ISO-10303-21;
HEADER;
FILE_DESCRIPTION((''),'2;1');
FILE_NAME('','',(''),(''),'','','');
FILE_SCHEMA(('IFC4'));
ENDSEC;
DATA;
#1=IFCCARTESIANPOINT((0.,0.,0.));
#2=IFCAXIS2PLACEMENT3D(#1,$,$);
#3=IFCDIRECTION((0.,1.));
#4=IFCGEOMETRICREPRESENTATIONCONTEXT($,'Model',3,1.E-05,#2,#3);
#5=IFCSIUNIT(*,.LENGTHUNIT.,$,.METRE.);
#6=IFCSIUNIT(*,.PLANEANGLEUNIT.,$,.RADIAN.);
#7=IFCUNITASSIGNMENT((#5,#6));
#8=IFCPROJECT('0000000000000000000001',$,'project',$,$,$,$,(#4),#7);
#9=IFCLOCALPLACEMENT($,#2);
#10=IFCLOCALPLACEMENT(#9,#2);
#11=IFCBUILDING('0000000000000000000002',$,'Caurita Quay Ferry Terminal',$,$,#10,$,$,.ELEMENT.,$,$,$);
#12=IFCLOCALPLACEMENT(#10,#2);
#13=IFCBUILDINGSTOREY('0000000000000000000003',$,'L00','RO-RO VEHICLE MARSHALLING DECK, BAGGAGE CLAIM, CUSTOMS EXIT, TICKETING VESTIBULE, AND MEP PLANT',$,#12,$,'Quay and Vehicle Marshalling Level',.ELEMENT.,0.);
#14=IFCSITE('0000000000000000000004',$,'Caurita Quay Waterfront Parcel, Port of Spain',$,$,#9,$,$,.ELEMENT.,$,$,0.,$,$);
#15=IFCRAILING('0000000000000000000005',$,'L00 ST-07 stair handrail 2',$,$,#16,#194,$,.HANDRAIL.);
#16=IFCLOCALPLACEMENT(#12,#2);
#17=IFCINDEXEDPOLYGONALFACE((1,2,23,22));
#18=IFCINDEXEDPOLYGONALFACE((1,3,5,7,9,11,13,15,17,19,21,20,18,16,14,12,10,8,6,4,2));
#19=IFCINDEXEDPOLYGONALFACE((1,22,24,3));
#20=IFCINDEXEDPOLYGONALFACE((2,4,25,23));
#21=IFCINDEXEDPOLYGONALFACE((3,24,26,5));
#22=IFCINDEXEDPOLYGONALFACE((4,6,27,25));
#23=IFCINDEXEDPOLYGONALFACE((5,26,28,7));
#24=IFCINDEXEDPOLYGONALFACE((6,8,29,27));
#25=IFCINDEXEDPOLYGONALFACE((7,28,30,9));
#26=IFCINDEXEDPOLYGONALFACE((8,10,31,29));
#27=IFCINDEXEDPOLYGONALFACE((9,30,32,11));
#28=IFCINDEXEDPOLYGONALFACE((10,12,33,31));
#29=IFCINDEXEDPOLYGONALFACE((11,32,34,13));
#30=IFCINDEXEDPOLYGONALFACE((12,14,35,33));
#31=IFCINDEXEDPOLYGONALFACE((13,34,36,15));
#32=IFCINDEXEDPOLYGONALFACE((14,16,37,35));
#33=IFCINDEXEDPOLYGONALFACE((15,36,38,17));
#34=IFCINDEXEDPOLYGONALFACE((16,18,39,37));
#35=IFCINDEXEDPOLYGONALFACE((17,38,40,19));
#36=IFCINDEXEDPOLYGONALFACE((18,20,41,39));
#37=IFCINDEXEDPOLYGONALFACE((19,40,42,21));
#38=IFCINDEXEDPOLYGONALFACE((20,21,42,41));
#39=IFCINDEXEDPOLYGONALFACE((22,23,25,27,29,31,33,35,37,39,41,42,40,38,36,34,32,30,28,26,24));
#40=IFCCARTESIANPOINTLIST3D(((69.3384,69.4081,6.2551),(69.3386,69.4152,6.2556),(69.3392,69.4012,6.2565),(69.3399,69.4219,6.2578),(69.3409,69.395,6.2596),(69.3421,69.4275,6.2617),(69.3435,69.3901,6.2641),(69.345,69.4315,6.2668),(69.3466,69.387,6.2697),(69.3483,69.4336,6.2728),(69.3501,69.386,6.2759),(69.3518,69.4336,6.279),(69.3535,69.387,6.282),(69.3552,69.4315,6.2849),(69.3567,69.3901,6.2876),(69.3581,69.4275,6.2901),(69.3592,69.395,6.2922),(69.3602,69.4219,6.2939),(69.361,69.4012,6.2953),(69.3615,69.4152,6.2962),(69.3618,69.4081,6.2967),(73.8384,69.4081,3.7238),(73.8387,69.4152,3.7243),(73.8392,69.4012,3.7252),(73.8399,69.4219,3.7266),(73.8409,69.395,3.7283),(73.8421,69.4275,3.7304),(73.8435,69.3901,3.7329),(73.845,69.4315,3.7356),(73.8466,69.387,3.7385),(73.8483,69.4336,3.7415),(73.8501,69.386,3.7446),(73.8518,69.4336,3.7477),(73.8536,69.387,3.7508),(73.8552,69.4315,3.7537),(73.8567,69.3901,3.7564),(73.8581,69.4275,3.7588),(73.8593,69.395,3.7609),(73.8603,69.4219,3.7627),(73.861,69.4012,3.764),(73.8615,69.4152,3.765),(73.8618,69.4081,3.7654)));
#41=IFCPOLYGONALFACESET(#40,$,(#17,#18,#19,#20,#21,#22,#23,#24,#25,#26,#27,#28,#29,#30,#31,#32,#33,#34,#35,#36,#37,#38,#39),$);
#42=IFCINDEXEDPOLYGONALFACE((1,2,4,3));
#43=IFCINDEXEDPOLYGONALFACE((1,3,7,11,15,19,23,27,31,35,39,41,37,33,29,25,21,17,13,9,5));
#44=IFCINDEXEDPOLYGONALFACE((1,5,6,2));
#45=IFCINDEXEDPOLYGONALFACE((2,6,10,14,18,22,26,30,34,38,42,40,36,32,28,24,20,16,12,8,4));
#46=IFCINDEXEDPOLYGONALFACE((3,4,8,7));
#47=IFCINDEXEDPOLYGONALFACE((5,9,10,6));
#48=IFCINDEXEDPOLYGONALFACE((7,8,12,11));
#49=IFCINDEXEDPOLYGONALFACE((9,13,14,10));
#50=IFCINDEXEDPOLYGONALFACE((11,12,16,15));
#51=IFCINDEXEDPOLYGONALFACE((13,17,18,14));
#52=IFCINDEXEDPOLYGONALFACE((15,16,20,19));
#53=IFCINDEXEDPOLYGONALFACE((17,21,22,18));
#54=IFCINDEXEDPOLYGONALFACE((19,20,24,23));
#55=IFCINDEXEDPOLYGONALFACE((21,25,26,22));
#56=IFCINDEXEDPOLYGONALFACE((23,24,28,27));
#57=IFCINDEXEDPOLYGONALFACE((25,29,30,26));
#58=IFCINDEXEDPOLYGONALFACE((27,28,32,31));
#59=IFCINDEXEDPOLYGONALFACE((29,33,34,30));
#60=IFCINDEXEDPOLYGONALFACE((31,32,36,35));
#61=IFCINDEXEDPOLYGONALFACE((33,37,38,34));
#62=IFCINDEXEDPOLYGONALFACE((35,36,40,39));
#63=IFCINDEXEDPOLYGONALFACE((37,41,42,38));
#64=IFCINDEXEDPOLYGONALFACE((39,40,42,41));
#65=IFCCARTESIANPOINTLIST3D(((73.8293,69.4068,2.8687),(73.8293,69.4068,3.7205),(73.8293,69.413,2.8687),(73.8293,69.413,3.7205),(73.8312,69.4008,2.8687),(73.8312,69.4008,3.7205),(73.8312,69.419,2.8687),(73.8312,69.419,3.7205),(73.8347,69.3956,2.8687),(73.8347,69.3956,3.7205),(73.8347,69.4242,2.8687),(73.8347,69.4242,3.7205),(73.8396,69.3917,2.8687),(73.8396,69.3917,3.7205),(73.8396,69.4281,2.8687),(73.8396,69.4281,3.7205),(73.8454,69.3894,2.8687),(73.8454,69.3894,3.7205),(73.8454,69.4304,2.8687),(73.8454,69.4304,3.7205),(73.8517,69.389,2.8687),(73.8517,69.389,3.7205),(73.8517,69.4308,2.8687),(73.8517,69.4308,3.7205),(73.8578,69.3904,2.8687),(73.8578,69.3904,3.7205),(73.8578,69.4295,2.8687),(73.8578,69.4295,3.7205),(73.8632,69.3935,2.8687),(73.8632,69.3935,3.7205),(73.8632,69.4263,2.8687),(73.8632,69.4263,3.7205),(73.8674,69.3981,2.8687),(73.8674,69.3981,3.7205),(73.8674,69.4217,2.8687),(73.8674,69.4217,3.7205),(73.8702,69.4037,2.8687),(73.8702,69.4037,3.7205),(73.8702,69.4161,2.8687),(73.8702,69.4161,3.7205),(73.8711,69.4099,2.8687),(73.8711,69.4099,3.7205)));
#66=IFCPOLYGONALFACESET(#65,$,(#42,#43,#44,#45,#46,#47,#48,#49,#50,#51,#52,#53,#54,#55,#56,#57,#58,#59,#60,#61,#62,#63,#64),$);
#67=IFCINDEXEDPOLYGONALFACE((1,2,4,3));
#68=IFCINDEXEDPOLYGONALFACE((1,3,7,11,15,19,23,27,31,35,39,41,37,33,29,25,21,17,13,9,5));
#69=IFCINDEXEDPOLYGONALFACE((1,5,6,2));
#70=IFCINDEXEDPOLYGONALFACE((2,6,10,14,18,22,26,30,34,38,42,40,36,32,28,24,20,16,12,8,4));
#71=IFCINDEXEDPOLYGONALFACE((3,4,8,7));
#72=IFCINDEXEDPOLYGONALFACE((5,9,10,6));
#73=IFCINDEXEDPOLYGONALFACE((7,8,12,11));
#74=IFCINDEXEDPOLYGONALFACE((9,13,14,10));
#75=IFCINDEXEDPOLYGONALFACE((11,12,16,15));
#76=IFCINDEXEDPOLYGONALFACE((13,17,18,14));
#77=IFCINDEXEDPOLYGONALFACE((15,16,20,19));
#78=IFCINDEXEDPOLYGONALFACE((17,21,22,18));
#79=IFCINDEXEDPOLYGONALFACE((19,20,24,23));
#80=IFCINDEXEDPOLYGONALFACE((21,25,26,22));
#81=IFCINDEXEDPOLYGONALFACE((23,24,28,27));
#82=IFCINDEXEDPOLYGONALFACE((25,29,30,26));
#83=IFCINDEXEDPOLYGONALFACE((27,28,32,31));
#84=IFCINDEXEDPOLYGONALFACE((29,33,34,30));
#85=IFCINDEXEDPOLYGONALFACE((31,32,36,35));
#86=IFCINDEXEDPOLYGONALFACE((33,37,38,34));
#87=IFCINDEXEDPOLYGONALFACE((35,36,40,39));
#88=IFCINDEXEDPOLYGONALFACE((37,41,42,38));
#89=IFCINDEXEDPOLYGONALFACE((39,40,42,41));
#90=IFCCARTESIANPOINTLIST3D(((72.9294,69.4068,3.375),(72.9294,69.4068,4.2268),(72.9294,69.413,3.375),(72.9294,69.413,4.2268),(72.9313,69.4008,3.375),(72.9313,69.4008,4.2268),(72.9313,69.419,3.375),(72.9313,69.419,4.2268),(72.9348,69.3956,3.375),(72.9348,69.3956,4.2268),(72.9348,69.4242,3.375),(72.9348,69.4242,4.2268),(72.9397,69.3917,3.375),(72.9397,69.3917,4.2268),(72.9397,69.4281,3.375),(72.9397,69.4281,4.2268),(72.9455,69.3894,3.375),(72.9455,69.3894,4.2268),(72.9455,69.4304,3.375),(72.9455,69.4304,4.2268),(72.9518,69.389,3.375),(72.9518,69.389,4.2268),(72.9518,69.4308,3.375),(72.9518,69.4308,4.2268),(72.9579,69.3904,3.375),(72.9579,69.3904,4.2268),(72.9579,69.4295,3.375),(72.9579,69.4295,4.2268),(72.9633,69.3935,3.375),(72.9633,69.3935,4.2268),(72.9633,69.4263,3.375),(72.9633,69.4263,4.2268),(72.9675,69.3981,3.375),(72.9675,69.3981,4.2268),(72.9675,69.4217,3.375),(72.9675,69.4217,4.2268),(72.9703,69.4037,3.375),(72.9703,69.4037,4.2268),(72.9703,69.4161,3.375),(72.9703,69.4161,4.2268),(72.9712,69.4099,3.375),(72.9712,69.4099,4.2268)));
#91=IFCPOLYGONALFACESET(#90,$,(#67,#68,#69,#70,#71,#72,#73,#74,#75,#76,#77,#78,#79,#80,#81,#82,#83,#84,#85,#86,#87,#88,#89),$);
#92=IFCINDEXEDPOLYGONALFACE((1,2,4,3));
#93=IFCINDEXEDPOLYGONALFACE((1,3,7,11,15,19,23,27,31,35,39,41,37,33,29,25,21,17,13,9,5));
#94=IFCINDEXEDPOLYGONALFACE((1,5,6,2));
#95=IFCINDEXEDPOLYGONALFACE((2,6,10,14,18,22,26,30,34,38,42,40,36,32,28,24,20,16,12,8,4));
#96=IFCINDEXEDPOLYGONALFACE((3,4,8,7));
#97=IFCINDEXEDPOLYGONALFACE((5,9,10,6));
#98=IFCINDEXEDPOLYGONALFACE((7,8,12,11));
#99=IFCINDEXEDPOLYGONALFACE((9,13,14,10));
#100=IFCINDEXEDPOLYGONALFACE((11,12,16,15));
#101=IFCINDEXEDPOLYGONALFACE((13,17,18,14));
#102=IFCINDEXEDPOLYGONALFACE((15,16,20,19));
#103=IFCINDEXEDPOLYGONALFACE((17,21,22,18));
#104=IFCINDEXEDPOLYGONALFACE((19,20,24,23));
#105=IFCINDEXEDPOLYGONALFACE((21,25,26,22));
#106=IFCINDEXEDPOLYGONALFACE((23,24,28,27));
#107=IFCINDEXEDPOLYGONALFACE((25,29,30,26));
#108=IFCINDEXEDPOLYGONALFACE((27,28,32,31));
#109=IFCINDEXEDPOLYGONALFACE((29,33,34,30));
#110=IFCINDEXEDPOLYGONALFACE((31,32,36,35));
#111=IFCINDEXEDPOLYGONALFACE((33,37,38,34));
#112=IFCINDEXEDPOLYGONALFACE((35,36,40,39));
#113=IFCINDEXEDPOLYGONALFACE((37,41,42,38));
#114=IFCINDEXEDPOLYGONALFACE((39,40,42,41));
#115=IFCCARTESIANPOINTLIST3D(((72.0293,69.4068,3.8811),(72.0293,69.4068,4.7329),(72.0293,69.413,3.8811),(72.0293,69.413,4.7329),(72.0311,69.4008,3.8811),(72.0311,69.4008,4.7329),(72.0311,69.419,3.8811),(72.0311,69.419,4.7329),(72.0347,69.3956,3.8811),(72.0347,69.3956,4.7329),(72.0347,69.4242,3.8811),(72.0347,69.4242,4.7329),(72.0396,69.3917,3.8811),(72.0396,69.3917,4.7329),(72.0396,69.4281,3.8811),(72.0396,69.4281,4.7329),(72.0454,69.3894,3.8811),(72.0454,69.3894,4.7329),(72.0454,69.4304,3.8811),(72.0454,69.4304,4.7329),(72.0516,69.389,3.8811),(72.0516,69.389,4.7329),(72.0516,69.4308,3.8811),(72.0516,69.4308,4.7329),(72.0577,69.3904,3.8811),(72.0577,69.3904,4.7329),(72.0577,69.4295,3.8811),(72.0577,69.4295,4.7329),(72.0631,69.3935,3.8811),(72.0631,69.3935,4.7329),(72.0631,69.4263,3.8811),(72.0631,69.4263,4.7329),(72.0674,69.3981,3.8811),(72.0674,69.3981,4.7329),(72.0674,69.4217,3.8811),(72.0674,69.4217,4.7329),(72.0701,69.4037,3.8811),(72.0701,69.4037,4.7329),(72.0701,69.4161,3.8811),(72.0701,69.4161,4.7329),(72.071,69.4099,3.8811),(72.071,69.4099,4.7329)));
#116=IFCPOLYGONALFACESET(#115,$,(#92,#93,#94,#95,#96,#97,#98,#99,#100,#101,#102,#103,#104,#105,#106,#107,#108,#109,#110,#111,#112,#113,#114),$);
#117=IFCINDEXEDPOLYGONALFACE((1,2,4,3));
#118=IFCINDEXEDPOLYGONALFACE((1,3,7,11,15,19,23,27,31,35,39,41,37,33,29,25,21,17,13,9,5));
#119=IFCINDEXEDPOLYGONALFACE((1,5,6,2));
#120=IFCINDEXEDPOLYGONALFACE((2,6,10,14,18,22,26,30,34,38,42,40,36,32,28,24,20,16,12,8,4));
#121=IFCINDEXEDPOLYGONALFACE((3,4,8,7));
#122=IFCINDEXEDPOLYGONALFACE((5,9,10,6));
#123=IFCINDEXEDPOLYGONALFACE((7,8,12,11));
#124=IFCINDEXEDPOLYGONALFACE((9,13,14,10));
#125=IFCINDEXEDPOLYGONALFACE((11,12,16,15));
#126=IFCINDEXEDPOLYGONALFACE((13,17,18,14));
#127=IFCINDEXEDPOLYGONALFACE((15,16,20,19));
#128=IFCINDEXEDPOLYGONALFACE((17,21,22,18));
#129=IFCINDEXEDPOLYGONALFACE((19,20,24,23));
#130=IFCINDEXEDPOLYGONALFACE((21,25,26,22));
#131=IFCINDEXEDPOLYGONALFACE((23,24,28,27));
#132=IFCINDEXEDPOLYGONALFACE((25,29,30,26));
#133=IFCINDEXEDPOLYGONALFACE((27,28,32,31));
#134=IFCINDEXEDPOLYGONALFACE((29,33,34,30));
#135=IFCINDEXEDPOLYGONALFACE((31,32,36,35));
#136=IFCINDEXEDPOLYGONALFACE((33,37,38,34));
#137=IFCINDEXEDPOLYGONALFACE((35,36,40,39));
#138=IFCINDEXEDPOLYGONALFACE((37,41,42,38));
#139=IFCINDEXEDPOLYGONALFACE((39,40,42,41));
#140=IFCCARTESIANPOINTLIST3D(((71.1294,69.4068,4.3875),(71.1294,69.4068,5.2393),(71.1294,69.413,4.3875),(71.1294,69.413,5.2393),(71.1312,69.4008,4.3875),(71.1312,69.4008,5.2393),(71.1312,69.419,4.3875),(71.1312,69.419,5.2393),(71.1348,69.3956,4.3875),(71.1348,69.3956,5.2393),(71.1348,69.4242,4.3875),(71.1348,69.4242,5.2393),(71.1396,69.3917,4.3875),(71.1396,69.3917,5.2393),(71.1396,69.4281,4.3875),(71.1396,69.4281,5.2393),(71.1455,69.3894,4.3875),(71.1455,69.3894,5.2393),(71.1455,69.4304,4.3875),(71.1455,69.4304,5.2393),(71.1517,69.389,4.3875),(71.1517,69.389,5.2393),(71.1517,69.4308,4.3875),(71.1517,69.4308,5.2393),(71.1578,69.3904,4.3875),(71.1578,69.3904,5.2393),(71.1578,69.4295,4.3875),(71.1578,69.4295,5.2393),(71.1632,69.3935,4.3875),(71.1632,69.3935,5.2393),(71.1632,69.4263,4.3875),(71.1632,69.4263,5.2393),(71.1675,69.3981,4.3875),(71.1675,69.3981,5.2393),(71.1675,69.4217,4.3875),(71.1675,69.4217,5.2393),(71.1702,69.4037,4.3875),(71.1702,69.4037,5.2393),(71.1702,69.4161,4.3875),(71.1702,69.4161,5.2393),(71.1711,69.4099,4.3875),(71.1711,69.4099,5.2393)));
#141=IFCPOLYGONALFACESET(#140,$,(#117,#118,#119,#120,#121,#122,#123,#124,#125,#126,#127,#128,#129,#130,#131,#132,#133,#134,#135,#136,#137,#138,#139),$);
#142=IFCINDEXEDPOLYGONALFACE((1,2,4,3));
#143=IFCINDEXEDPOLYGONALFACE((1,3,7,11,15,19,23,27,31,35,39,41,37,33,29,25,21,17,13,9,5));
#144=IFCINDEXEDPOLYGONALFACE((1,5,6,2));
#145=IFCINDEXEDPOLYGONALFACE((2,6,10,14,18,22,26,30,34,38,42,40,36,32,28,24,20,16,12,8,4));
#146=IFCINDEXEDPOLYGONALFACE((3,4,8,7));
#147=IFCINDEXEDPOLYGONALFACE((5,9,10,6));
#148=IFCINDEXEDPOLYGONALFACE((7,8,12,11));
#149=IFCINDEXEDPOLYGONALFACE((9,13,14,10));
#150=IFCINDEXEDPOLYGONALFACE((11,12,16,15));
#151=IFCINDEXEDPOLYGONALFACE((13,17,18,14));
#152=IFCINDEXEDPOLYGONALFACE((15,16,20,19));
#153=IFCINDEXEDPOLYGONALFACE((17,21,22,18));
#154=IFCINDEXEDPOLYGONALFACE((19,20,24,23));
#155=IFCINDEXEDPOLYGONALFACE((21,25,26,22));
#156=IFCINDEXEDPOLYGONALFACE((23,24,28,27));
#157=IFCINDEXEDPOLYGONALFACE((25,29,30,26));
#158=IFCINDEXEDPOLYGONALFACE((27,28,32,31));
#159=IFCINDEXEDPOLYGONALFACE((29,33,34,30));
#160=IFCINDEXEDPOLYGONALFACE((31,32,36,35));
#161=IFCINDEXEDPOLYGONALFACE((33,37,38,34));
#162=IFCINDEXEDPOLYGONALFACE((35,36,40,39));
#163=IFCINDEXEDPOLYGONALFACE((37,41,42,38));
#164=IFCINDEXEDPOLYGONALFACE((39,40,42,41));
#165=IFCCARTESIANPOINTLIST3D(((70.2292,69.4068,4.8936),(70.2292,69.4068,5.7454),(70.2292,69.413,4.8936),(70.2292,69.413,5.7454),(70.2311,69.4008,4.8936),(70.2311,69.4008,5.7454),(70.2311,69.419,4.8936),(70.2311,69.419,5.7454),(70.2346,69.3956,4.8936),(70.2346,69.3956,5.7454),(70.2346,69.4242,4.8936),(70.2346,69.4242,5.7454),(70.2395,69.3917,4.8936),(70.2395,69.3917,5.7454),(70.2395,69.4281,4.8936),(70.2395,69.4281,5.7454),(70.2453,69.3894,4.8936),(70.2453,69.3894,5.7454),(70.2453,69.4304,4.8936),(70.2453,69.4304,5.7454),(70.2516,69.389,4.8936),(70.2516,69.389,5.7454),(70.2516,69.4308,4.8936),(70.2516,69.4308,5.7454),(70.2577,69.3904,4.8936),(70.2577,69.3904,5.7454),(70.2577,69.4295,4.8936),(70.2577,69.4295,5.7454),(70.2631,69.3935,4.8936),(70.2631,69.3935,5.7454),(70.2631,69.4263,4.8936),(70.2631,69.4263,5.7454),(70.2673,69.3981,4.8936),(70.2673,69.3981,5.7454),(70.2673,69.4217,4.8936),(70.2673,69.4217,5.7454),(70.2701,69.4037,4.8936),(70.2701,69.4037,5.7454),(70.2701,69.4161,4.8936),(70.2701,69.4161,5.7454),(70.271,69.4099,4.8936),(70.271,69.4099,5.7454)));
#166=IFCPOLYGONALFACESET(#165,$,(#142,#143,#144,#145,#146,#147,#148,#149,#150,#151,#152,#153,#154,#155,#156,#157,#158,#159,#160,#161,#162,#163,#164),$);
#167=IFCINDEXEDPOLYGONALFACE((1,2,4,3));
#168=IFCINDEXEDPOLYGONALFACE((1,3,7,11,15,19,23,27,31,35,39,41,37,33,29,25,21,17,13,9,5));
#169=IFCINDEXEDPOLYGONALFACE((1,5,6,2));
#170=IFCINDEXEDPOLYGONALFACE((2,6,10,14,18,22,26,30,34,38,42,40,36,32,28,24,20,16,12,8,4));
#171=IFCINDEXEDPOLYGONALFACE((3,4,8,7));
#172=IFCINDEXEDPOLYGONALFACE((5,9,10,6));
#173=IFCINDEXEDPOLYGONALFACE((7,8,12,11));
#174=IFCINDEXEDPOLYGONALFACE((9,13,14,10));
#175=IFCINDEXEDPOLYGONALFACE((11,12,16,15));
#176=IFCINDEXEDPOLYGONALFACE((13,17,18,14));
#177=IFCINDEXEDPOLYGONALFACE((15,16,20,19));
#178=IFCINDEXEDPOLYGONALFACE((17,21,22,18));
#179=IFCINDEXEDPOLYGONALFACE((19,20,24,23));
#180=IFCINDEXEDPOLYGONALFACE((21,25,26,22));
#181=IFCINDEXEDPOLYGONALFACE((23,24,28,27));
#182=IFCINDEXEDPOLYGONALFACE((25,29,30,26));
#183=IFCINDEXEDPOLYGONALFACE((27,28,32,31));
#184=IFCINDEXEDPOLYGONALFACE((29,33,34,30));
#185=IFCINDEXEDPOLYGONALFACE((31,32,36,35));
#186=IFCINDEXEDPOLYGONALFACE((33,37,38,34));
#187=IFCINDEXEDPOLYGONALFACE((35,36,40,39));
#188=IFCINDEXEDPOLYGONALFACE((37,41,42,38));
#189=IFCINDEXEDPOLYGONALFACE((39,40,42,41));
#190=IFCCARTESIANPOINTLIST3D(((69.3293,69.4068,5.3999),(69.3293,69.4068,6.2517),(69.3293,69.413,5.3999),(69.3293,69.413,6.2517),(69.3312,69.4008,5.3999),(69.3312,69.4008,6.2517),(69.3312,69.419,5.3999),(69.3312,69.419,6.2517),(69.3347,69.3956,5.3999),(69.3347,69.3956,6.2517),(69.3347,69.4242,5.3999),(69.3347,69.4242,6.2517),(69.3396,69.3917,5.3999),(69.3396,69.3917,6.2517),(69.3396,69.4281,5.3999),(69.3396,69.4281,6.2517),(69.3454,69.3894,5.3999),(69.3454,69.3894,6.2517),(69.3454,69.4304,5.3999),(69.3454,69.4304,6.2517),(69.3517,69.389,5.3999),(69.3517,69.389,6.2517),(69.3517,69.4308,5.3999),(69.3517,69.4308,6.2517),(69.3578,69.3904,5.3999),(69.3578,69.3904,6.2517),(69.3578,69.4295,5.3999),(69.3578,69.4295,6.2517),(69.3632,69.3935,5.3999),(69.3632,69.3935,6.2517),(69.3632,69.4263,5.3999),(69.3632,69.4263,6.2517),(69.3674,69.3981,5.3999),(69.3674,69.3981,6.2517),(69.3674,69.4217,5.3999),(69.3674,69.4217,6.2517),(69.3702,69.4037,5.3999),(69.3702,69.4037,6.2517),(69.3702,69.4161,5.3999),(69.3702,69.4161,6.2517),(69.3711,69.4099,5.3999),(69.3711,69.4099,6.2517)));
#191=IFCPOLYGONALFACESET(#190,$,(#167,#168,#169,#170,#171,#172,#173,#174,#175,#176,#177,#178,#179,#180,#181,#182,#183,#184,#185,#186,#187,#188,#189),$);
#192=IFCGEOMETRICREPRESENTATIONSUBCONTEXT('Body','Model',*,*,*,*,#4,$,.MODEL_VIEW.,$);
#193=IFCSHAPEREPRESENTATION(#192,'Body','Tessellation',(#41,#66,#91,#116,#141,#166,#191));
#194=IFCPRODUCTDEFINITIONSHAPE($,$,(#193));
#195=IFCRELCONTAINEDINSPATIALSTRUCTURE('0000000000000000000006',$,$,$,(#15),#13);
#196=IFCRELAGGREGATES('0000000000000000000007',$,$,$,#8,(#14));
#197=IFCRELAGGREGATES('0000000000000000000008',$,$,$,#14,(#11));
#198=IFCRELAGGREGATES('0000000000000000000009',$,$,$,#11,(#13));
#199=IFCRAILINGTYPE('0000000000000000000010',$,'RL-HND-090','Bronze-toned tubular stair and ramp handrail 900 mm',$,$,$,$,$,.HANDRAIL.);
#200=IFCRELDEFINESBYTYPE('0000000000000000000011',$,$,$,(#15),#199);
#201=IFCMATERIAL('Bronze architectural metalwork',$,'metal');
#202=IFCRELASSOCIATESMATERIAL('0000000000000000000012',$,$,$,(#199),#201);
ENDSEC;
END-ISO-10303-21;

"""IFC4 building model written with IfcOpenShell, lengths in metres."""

from ifc_helpers import new_model, si_unit, direction, frame, origin, origin_2d, place, context, subcontext, project, spatial, circle, extrude, material, type_object, element, save


model = new_model("IFC4")

# Units and contexts
model_context = context("Model", 3, precision=1e-05, world=origin(), true_north=direction((0.0, 1.0)))
body_context = subcontext(model_context, "Body", "Model", "MODEL_VIEW")
ifc_project = project(units=[si_unit("LENGTHUNIT", "METRE"), si_unit("PLANEANGLEUNIT", "RADIAN")], contexts=[model_context])

# Site, building, storey
site_placement = place(None, origin())
site = spatial("IfcSite", under=ifc_project, at=site_placement, Name="Caurita Quay Waterfront Parcel, Port of Spain", CompositionType="ELEMENT", RefElevation=0.0)
building_placement = place(site_placement, origin())
building = spatial("IfcBuilding", under=site, at=building_placement, Name="Caurita Quay Ferry Terminal", CompositionType="ELEMENT")
storey_placement = place(building_placement, origin())
storey = spatial("IfcBuildingStorey", under=building, at=storey_placement, Name="L00", Description="RO-RO VEHICLE MARSHALLING DECK, BAGGAGE CLAIM, CUSTOMS EXIT, TICKETING VESTIBULE, AND MEP PLANT", LongName="Quay and Vehicle Marshalling Level", CompositionType="ELEMENT", Elevation=0.0)

# Railing
ifc_material_1 = material(Name="Bronze architectural metalwork", Category="metal")
railing_type_1 = type_object("IfcRailingType", Name="RL-HND-090", Description="Bronze-toned tubular stair and ramp handrail 900 mm", PredefinedType="HANDRAIL", material=ifc_material_1)
railing_1_placement = place(storey_placement, frame((73.8501, 69.4099, 2.8687)))
element("IfcRailing", 1, at=railing_1_placement, inside=storey, type_object=railing_type_1, Name="L00 ST-07 stair handrail 2", PredefinedType="HANDRAIL", context=body_context, shape_type="SweptSolid", body=[
    extrude(circle(Radius=0.0239, at=origin_2d()), frame((0.0, 0.0, 0.876), z_axis=(-0.871576, 0.0, 0.490261), x_axis=(0.0, -1.0, 0.0)), (0.0, 0.0, 1.0), 5.1631),
    extrude(circle(Radius=0.021, at=origin_2d()), origin(), (0.0, 0.0, 1.0), 0.8518),
    extrude(circle(Radius=0.021, at=origin_2d()), frame((-0.8999, 0.0, 0.5063)), (0.0, 0.0, 1.0), 0.8518),
    extrude(circle(Radius=0.021, at=origin_2d()), frame((-1.8, 0.0, 1.0125)), (0.0, 0.0, 1.0), 0.8518),
    extrude(circle(Radius=0.021, at=origin_2d()), frame((-2.7, 0.0, 1.5188)), (0.0, 0.0, 1.0), 0.8518),
    extrude(circle(Radius=0.021, at=origin_2d()), frame((-3.6001, 0.0, 2.0249)), (0.0, 0.0, 1.0), 0.8518),
    extrude(circle(Radius=0.021, at=origin_2d()), frame((-4.5, 0.0, 2.5312)), (0.0, 0.0, 1.0), 0.8518),
])

save(model, "model.ifc")
